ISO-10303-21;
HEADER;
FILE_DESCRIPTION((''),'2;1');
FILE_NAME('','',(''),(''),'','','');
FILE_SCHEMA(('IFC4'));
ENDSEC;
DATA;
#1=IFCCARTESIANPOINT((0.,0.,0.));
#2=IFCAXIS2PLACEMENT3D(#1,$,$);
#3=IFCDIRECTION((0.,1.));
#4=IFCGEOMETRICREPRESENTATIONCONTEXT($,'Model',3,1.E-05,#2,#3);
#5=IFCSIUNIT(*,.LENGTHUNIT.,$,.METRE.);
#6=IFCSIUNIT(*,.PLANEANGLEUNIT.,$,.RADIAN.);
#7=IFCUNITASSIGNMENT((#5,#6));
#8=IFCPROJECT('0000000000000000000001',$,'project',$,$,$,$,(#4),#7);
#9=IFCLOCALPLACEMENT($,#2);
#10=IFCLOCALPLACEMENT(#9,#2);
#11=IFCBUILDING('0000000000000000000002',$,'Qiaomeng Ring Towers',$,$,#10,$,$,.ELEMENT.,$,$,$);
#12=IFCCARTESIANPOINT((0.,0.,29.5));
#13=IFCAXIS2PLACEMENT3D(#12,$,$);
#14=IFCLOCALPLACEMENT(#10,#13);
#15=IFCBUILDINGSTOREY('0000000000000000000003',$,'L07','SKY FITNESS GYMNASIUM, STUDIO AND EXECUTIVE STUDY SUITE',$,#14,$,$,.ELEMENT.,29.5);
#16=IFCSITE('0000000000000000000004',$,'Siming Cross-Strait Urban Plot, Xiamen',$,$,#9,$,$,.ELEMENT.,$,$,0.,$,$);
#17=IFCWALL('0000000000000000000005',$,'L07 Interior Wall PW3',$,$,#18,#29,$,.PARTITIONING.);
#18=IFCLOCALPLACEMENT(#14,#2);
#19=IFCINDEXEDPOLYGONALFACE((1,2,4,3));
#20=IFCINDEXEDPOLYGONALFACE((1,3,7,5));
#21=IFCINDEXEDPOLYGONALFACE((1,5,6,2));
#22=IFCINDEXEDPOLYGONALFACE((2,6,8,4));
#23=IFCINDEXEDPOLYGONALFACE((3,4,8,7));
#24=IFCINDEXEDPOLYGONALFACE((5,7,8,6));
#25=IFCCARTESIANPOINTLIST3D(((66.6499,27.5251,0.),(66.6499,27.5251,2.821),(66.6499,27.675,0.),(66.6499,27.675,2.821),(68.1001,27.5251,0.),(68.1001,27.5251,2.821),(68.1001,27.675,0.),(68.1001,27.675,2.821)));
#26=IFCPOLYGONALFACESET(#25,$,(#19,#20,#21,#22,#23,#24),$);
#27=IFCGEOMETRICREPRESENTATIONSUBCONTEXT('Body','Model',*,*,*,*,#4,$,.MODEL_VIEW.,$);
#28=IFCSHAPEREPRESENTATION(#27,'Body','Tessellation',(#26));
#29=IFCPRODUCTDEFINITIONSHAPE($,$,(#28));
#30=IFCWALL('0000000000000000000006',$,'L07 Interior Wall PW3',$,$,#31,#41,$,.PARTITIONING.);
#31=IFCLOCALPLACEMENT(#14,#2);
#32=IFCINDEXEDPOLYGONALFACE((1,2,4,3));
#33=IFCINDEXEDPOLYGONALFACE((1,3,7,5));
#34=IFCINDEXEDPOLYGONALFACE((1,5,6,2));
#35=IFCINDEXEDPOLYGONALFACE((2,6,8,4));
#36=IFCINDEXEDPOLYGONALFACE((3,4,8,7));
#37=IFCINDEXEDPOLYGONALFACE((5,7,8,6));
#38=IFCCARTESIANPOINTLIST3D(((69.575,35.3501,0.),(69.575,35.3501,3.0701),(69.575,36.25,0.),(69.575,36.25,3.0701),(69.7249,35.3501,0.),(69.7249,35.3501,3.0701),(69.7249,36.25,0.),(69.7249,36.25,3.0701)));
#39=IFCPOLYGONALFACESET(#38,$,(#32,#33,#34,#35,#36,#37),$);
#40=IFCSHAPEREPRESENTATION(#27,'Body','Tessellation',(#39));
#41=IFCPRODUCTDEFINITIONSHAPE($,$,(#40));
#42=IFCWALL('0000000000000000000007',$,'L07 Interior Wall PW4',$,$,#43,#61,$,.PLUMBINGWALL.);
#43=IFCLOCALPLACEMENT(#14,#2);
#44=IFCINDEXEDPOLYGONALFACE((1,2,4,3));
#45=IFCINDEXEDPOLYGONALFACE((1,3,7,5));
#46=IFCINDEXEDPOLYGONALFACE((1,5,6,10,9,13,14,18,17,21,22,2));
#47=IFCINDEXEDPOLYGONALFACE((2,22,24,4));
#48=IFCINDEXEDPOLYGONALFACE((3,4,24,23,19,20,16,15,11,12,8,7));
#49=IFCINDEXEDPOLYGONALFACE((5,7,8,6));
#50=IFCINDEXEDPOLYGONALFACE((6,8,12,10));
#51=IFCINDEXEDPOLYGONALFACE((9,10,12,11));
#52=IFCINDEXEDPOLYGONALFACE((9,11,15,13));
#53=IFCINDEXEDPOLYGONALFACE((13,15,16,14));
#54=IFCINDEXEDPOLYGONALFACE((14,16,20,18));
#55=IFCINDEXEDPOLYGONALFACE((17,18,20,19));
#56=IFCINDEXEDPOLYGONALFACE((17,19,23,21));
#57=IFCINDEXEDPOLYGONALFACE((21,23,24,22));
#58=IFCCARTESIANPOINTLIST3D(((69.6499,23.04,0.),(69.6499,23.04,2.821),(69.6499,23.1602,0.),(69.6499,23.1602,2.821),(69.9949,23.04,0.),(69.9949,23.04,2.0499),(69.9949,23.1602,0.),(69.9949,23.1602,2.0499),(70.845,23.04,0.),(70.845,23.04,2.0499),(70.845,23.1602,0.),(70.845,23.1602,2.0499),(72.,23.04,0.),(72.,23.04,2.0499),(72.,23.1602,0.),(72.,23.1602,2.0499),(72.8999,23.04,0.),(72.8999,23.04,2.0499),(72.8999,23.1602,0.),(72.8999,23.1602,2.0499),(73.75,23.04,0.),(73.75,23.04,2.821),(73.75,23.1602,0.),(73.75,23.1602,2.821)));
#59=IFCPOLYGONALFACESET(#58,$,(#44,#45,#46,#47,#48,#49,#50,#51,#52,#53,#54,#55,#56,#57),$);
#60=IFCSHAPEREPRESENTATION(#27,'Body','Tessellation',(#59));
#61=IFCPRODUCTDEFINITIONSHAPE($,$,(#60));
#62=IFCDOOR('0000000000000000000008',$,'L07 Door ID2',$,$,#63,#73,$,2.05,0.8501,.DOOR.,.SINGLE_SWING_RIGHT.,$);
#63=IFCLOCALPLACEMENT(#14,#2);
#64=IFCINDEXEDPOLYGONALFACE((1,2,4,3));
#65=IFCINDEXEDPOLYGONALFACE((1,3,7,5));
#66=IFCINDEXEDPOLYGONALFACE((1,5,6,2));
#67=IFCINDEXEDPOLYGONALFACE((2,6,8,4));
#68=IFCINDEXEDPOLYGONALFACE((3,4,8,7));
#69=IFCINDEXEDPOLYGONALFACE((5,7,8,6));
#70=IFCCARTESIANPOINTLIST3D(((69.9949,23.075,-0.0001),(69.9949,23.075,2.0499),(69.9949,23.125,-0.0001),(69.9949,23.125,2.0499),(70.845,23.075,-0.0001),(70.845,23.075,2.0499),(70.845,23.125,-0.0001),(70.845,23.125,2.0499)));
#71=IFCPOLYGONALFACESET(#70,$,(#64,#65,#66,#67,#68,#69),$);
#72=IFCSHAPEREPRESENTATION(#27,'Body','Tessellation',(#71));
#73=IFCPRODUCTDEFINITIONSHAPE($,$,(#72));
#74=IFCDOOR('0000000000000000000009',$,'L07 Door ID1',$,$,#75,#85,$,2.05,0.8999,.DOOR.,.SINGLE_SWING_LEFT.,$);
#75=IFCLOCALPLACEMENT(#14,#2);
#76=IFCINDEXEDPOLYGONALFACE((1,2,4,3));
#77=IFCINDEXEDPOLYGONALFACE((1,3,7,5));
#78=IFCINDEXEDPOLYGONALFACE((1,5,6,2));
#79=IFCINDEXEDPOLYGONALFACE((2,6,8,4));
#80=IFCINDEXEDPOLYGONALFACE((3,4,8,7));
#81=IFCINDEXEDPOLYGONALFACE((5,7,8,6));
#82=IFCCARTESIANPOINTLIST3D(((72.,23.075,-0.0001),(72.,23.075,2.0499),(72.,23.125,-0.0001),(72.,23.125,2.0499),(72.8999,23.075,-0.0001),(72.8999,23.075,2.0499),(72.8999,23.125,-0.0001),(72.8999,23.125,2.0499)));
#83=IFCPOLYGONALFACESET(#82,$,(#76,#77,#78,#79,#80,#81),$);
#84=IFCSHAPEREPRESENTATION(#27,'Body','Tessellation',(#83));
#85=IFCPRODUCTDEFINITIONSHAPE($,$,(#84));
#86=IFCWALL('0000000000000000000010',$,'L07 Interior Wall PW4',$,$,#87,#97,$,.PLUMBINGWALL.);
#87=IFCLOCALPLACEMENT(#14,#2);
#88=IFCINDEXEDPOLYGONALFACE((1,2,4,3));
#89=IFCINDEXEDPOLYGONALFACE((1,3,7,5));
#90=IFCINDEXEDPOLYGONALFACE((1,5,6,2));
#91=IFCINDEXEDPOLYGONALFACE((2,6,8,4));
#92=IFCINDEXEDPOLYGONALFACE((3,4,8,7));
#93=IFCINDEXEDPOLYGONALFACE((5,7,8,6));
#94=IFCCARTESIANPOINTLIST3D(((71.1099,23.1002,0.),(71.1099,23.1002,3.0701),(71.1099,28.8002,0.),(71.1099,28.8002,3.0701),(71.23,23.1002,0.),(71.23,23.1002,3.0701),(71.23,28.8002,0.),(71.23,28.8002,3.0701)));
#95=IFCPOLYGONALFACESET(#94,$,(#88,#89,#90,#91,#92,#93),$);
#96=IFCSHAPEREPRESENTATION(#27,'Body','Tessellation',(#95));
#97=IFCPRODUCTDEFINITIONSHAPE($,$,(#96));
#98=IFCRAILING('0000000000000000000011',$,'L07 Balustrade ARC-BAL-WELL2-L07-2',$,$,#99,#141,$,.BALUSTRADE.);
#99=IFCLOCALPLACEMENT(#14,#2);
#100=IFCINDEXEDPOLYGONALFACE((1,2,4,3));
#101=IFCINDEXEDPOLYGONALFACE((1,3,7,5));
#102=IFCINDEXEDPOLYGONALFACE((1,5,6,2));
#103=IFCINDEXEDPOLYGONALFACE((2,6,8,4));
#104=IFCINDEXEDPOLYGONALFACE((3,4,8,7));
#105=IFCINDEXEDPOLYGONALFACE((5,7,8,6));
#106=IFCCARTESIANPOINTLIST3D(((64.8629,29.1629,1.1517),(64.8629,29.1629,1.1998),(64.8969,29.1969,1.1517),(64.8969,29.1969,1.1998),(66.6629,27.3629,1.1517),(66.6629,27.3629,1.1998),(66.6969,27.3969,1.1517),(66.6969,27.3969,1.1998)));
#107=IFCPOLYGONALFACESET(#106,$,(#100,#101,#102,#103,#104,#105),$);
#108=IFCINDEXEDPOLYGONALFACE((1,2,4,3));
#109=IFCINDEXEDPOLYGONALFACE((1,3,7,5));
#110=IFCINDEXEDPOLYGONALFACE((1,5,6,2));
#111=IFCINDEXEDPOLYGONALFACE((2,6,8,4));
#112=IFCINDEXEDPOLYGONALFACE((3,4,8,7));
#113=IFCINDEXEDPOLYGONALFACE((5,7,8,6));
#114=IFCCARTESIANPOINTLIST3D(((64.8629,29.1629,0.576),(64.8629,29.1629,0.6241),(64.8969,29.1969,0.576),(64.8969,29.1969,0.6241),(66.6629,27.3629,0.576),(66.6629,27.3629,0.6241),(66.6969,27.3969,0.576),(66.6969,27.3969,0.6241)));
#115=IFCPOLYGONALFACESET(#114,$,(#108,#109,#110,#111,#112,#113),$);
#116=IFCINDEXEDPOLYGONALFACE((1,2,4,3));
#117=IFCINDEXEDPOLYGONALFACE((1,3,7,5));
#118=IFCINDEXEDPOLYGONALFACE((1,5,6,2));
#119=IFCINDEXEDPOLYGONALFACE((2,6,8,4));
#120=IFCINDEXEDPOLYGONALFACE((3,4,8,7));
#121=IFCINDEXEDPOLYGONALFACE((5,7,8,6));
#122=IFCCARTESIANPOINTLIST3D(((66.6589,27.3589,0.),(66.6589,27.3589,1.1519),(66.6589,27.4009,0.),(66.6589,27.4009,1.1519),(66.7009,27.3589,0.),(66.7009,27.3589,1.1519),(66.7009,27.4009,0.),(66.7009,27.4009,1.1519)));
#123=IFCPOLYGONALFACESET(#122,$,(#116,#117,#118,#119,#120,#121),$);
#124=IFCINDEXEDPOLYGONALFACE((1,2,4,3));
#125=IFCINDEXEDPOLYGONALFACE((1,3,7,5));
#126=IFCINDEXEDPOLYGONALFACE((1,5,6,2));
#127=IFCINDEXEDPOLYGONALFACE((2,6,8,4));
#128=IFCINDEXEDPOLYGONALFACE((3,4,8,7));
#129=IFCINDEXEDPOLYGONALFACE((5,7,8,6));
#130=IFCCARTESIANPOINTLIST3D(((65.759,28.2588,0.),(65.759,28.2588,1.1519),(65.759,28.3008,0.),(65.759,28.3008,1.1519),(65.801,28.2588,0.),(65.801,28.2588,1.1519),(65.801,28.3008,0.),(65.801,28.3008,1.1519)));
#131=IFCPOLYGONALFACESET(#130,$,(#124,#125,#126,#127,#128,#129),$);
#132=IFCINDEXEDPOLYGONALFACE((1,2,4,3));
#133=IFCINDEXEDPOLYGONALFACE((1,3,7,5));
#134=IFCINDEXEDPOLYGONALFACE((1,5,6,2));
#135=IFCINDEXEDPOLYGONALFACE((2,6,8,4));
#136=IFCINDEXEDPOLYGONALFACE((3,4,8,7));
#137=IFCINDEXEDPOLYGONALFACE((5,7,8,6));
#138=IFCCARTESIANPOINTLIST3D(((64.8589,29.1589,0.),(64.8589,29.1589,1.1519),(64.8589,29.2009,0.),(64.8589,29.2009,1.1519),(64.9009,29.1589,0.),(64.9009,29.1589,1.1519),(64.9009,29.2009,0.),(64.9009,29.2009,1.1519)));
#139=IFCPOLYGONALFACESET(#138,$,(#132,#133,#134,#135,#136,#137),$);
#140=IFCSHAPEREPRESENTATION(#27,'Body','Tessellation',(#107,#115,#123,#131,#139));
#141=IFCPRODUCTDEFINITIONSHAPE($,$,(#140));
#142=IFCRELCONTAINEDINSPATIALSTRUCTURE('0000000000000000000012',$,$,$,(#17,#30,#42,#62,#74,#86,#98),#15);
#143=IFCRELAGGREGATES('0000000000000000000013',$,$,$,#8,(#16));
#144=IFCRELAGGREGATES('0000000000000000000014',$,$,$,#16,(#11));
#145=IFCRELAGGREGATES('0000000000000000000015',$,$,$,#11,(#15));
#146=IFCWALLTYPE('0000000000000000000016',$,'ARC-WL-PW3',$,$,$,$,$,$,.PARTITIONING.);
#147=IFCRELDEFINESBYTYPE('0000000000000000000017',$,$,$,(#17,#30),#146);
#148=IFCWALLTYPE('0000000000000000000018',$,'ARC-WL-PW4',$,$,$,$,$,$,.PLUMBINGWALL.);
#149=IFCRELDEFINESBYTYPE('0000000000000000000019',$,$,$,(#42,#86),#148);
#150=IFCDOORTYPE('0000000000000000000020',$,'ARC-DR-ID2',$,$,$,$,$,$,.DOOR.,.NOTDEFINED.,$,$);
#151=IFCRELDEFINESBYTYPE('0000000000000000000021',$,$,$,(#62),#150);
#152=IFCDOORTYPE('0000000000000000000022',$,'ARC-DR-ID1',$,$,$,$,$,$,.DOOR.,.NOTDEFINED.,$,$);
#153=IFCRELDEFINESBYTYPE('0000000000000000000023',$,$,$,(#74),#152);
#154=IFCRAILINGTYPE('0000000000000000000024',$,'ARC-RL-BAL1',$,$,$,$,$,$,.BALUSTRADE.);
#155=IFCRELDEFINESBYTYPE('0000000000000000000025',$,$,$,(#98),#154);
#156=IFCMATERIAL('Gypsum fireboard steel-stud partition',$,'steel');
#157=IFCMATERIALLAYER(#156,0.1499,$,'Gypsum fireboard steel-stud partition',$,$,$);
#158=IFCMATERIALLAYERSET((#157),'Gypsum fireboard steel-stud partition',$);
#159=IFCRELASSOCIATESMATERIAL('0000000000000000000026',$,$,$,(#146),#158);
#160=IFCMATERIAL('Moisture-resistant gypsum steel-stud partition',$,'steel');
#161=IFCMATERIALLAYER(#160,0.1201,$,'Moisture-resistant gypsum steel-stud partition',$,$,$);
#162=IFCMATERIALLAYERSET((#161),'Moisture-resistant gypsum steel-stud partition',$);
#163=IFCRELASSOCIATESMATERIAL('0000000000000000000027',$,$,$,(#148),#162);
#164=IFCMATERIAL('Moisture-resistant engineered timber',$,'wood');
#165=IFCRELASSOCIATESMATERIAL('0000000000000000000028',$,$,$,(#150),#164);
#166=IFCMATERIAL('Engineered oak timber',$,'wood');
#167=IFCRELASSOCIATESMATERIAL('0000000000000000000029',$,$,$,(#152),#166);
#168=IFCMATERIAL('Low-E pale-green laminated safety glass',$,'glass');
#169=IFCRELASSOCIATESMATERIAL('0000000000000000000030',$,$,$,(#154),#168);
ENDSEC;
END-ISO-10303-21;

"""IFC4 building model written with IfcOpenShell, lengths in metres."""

from ifc_helpers import new_model, si_unit, direction, frame, frame_2d, origin, origin_2d, place, context, subcontext, project, spatial, rectangle, extrude, source, transform, mapped, material, layer, layer_set, type_object, element, fill, save


model = new_model("IFC4")

# Units and contexts
model_context = context("Model", 3, precision=1e-05, world=origin(), true_north=direction((0.0, 1.0)))
body_context = subcontext(model_context, "Body", "Model", "MODEL_VIEW")
ifc_project = project(units=[si_unit("LENGTHUNIT", "METRE"), si_unit("PLANEANGLEUNIT", "RADIAN")], contexts=[model_context])

# Site, building, storey
site_placement = place(None, origin())
site = spatial("IfcSite", under=ifc_project, at=site_placement, Name="Siming Cross-Strait Urban Plot, Xiamen", CompositionType="ELEMENT", RefElevation=0.0)
building_placement = place(site_placement, origin())
building = spatial("IfcBuilding", under=site, at=building_placement, Name="Qiaomeng Ring Towers", CompositionType="ELEMENT")
storey_placement = place(building_placement, frame((0.0, 0.0, 29.5)))
storey = spatial("IfcBuildingStorey", under=building, at=storey_placement, Name="L07", Description="SKY FITNESS GYMNASIUM, STUDIO AND EXECUTIVE STUDY SUITE", CompositionType="ELEMENT", Elevation=29.5)

# Walls
ifc_material_1 = material(Name="Gypsum fireboard steel-stud partition", Category="steel")
ifc_layer_1 = layer(ifc_material_1, 0.1499, Name="Gypsum fireboard steel-stud partition")
ifc_layer_set_1 = layer_set([ifc_layer_1], Name="Gypsum fireboard steel-stud partition")
wall_type_1 = type_object("IfcWallType", Name="ARC-WL-PW3", PredefinedType="PARTITIONING", material=ifc_layer_set_1)
wall_1_placement = place(storey_placement, frame((66.6499, 27.6001, 0.0), z_axis=(0.0, 0.0, 1.0), x_axis=(1.0, 0.0, 0.0)))
element("IfcWall", 1, at=wall_1_placement, inside=storey, type_object=wall_type_1, Name="L07 Interior Wall PW3", PredefinedType="PARTITIONING", context=body_context, shape_type="SweptSolid", body=[
    extrude(rectangle(XDim=1.4502, YDim=0.1499, at=frame_2d((0.7251, 0.0))), origin(), (0.0, 0.0, 1.0), 2.821),
])
wall_2_placement = place(storey_placement, frame((69.6499, 35.3501, 0.0), z_axis=(0.0, 0.0, 1.0), x_axis=(0.0, 1.0, 0.0)))
element("IfcWall", 2, at=wall_2_placement, inside=storey, type_object=wall_type_1, Name="L07 Interior Wall PW3", PredefinedType="PARTITIONING", context=body_context, shape_type="SweptSolid", body=[
    extrude(rectangle(XDim=0.8999, YDim=0.1499, at=frame_2d((0.45, 0.0))), origin(), (0.0, 0.0, 1.0), 3.0701),
])

# Wall, openings, doors
ifc_material_2 = material(Name="Moisture-resistant gypsum steel-stud partition", Category="steel")
ifc_layer_2 = layer(ifc_material_2, 0.1201, Name="Moisture-resistant gypsum steel-stud partition")
ifc_layer_set_2 = layer_set([ifc_layer_2], Name="Moisture-resistant gypsum steel-stud partition")
wall_type_2 = type_object("IfcWallType", Name="ARC-WL-PW4", PredefinedType="PLUMBINGWALL", material=ifc_layer_set_2)
wall_3_placement = place(storey_placement, frame((69.6499, 23.1001, 0.0), z_axis=(0.0, 0.0, 1.0), x_axis=(1.0, 0.0, 0.0)))
wall_3 = element("IfcWall", 3, at=wall_3_placement, inside=storey, type_object=wall_type_2, Name="L07 Interior Wall PW4", PredefinedType="PLUMBINGWALL", context=body_context, shape_type="SweptSolid", body=[
    extrude(rectangle(XDim=4.1001, YDim=0.1201, at=frame_2d((2.05, 0.0))), origin(), (0.0, 0.0, 1.0), 2.821),
])
opening_1_placement = place(wall_3_placement, frame((0.345, 0.0, 0.0)))
opening_1 = element("IfcOpeningElement", 4, at=opening_1_placement, cuts=wall_3, PredefinedType="OPENING", context=body_context, shape_type="SweptSolid", body=[
    extrude(rectangle(XDim=0.8501, YDim=2.05, at=frame_2d((0.425, 1.0249))), frame((0.0, 0.0701, 0.0), z_axis=(0.0, -1.0, 0.0), x_axis=(1.0, 0.0, 0.0)), (0.0, 0.0, 1.0), 0.1401),
])
opening_2_placement = place(wall_3_placement, frame((2.3501, 0.0, 0.0)))
opening_2 = element("IfcOpeningElement", 5, at=opening_2_placement, cuts=wall_3, PredefinedType="OPENING", context=body_context, shape_type="SweptSolid", body=[
    extrude(rectangle(XDim=0.8999, YDim=2.05, at=frame_2d((0.45, 1.0249))), frame((0.0, 0.0701, 0.0), z_axis=(0.0, -1.0, 0.0), x_axis=(1.0, 0.0, 0.0)), (0.0, 0.0, 1.0), 0.1401),
])
ifc_material_3 = material(Name="Moisture-resistant engineered timber", Category="wood")
door_type_1 = type_object("IfcDoorType", Name="ARC-DR-ID2", OperationType="NOTDEFINED", PredefinedType="DOOR", material=ifc_material_3)
shared_shape_1 = source(origin(), body_context, "Body", "SweptSolid", [
    extrude(rectangle(XDim=0.8501, YDim=2.05, at=frame_2d((0.425, 1.0249))), frame((0.0, 0.0249, 0.0), z_axis=(0.0, -1.0, 0.0), x_axis=(1.0, 0.0, 0.0)), (0.0, 0.0, 1.0), 0.05),
])
door_1_placement = place(opening_1_placement, origin())
door_1 = element("IfcDoor", 6, at=door_1_placement, inside=storey, type_object=door_type_1, Name="L07 Door ID2", OperationType="SINGLE_SWING_RIGHT", OverallHeight=2.05, OverallWidth=0.8501, PredefinedType="DOOR", context=body_context, shape_type="MappedRepresentation", body=[
    mapped(shared_shape_1, transform((0.0, 0.0, 0.0), x_axis=(1.0, 0.0, 0.0), y_axis=(0.0, 1.0, 0.0), z_axis=(0.0, 0.0, 1.0), scale=1.0)),
])
fill(opening_1, door_1)
ifc_material_4 = material(Name="Engineered oak timber", Category="wood")
door_type_2 = type_object("IfcDoorType", Name="ARC-DR-ID1", OperationType="NOTDEFINED", PredefinedType="DOOR", material=ifc_material_4)
shared_shape_2 = source(origin(), body_context, "Body", "SweptSolid", [
    extrude(rectangle(XDim=0.8999, YDim=2.05, at=frame_2d((0.45, 1.0249))), frame((0.0, 0.0249, 0.0), z_axis=(0.0, -1.0, 0.0), x_axis=(1.0, 0.0, 0.0)), (0.0, 0.0, 1.0), 0.05),
])
door_2_placement = place(opening_2_placement, origin())
door_2 = element("IfcDoor", 7, at=door_2_placement, inside=storey, type_object=door_type_2, Name="L07 Door ID1", OperationType="SINGLE_SWING_LEFT", OverallHeight=2.05, OverallWidth=0.8999, PredefinedType="DOOR", context=body_context, shape_type="MappedRepresentation", body=[
    mapped(shared_shape_2, transform((0.0, 0.0, 0.0), x_axis=(1.0, 0.0, 0.0), y_axis=(0.0, 1.0, 0.0), z_axis=(0.0, 0.0, 1.0), scale=1.0)),
])
fill(opening_2, door_2)

# Wall
wall_4_placement = place(storey_placement, frame((71.1699, 23.1001, 0.0), z_axis=(0.0, 0.0, 1.0), x_axis=(0.0, 1.0, 0.0)))
element("IfcWall", 8, at=wall_4_placement, inside=storey, type_object=wall_type_2, Name="L07 Interior Wall PW4", PredefinedType="PLUMBINGWALL", context=body_context, shape_type="SweptSolid", body=[
    extrude(rectangle(XDim=5.7, YDim=0.1201, at=frame_2d((2.8501, 0.0))), origin(), (0.0, 0.0, 1.0), 3.0701),
])

# Railing
ifc_material_5 = material(Name="Low-E pale-green laminated safety glass", Category="glass")
railing_type = type_object("IfcRailingType", Name="ARC-RL-BAL1", PredefinedType="BALUSTRADE", material=ifc_material_5)
railing_1_placement = place(storey_placement, frame((66.6799, 27.3799, 0.0)))
element("IfcRailing", 9, at=railing_1_placement, inside=storey, type_object=railing_type, Name="L07 Balustrade ARC-BAL-WELL2-L07-2", PredefinedType="BALUSTRADE", context=body_context, shape_type="SweptSolid", body=[
    extrude(rectangle(XDim=0.0481, YDim=0.0481, at=origin_2d()), frame((0.0, 0.0, 1.1758), z_axis=(-0.707107, 0.707107, 0.0), x_axis=(-0.707107, -0.707107, 0.0)), (0.0, 0.0, 1.0), 2.5457),
    extrude(rectangle(XDim=0.0481, YDim=0.0481, at=origin_2d()), frame((0.0, 0.0, 0.6001), z_axis=(-0.707107, 0.707107, 0.0), x_axis=(-0.707107, -0.707107, 0.0)), (0.0, 0.0, 1.0), 2.5457),
    extrude(rectangle(XDim=0.042, YDim=0.042, at=origin_2d()), origin(), (0.0, 0.0, 1.0), 1.1519),
    extrude(rectangle(XDim=0.042, YDim=0.042, at=origin_2d()), frame((-0.8999, 0.8999, 0.0)), (0.0, 0.0, 1.0), 1.1519),
    extrude(rectangle(XDim=0.042, YDim=0.042, at=origin_2d()), frame((-1.8, 1.8, 0.0)), (0.0, 0.0, 1.0), 1.1519),
])

save(model, "model.ifc")
